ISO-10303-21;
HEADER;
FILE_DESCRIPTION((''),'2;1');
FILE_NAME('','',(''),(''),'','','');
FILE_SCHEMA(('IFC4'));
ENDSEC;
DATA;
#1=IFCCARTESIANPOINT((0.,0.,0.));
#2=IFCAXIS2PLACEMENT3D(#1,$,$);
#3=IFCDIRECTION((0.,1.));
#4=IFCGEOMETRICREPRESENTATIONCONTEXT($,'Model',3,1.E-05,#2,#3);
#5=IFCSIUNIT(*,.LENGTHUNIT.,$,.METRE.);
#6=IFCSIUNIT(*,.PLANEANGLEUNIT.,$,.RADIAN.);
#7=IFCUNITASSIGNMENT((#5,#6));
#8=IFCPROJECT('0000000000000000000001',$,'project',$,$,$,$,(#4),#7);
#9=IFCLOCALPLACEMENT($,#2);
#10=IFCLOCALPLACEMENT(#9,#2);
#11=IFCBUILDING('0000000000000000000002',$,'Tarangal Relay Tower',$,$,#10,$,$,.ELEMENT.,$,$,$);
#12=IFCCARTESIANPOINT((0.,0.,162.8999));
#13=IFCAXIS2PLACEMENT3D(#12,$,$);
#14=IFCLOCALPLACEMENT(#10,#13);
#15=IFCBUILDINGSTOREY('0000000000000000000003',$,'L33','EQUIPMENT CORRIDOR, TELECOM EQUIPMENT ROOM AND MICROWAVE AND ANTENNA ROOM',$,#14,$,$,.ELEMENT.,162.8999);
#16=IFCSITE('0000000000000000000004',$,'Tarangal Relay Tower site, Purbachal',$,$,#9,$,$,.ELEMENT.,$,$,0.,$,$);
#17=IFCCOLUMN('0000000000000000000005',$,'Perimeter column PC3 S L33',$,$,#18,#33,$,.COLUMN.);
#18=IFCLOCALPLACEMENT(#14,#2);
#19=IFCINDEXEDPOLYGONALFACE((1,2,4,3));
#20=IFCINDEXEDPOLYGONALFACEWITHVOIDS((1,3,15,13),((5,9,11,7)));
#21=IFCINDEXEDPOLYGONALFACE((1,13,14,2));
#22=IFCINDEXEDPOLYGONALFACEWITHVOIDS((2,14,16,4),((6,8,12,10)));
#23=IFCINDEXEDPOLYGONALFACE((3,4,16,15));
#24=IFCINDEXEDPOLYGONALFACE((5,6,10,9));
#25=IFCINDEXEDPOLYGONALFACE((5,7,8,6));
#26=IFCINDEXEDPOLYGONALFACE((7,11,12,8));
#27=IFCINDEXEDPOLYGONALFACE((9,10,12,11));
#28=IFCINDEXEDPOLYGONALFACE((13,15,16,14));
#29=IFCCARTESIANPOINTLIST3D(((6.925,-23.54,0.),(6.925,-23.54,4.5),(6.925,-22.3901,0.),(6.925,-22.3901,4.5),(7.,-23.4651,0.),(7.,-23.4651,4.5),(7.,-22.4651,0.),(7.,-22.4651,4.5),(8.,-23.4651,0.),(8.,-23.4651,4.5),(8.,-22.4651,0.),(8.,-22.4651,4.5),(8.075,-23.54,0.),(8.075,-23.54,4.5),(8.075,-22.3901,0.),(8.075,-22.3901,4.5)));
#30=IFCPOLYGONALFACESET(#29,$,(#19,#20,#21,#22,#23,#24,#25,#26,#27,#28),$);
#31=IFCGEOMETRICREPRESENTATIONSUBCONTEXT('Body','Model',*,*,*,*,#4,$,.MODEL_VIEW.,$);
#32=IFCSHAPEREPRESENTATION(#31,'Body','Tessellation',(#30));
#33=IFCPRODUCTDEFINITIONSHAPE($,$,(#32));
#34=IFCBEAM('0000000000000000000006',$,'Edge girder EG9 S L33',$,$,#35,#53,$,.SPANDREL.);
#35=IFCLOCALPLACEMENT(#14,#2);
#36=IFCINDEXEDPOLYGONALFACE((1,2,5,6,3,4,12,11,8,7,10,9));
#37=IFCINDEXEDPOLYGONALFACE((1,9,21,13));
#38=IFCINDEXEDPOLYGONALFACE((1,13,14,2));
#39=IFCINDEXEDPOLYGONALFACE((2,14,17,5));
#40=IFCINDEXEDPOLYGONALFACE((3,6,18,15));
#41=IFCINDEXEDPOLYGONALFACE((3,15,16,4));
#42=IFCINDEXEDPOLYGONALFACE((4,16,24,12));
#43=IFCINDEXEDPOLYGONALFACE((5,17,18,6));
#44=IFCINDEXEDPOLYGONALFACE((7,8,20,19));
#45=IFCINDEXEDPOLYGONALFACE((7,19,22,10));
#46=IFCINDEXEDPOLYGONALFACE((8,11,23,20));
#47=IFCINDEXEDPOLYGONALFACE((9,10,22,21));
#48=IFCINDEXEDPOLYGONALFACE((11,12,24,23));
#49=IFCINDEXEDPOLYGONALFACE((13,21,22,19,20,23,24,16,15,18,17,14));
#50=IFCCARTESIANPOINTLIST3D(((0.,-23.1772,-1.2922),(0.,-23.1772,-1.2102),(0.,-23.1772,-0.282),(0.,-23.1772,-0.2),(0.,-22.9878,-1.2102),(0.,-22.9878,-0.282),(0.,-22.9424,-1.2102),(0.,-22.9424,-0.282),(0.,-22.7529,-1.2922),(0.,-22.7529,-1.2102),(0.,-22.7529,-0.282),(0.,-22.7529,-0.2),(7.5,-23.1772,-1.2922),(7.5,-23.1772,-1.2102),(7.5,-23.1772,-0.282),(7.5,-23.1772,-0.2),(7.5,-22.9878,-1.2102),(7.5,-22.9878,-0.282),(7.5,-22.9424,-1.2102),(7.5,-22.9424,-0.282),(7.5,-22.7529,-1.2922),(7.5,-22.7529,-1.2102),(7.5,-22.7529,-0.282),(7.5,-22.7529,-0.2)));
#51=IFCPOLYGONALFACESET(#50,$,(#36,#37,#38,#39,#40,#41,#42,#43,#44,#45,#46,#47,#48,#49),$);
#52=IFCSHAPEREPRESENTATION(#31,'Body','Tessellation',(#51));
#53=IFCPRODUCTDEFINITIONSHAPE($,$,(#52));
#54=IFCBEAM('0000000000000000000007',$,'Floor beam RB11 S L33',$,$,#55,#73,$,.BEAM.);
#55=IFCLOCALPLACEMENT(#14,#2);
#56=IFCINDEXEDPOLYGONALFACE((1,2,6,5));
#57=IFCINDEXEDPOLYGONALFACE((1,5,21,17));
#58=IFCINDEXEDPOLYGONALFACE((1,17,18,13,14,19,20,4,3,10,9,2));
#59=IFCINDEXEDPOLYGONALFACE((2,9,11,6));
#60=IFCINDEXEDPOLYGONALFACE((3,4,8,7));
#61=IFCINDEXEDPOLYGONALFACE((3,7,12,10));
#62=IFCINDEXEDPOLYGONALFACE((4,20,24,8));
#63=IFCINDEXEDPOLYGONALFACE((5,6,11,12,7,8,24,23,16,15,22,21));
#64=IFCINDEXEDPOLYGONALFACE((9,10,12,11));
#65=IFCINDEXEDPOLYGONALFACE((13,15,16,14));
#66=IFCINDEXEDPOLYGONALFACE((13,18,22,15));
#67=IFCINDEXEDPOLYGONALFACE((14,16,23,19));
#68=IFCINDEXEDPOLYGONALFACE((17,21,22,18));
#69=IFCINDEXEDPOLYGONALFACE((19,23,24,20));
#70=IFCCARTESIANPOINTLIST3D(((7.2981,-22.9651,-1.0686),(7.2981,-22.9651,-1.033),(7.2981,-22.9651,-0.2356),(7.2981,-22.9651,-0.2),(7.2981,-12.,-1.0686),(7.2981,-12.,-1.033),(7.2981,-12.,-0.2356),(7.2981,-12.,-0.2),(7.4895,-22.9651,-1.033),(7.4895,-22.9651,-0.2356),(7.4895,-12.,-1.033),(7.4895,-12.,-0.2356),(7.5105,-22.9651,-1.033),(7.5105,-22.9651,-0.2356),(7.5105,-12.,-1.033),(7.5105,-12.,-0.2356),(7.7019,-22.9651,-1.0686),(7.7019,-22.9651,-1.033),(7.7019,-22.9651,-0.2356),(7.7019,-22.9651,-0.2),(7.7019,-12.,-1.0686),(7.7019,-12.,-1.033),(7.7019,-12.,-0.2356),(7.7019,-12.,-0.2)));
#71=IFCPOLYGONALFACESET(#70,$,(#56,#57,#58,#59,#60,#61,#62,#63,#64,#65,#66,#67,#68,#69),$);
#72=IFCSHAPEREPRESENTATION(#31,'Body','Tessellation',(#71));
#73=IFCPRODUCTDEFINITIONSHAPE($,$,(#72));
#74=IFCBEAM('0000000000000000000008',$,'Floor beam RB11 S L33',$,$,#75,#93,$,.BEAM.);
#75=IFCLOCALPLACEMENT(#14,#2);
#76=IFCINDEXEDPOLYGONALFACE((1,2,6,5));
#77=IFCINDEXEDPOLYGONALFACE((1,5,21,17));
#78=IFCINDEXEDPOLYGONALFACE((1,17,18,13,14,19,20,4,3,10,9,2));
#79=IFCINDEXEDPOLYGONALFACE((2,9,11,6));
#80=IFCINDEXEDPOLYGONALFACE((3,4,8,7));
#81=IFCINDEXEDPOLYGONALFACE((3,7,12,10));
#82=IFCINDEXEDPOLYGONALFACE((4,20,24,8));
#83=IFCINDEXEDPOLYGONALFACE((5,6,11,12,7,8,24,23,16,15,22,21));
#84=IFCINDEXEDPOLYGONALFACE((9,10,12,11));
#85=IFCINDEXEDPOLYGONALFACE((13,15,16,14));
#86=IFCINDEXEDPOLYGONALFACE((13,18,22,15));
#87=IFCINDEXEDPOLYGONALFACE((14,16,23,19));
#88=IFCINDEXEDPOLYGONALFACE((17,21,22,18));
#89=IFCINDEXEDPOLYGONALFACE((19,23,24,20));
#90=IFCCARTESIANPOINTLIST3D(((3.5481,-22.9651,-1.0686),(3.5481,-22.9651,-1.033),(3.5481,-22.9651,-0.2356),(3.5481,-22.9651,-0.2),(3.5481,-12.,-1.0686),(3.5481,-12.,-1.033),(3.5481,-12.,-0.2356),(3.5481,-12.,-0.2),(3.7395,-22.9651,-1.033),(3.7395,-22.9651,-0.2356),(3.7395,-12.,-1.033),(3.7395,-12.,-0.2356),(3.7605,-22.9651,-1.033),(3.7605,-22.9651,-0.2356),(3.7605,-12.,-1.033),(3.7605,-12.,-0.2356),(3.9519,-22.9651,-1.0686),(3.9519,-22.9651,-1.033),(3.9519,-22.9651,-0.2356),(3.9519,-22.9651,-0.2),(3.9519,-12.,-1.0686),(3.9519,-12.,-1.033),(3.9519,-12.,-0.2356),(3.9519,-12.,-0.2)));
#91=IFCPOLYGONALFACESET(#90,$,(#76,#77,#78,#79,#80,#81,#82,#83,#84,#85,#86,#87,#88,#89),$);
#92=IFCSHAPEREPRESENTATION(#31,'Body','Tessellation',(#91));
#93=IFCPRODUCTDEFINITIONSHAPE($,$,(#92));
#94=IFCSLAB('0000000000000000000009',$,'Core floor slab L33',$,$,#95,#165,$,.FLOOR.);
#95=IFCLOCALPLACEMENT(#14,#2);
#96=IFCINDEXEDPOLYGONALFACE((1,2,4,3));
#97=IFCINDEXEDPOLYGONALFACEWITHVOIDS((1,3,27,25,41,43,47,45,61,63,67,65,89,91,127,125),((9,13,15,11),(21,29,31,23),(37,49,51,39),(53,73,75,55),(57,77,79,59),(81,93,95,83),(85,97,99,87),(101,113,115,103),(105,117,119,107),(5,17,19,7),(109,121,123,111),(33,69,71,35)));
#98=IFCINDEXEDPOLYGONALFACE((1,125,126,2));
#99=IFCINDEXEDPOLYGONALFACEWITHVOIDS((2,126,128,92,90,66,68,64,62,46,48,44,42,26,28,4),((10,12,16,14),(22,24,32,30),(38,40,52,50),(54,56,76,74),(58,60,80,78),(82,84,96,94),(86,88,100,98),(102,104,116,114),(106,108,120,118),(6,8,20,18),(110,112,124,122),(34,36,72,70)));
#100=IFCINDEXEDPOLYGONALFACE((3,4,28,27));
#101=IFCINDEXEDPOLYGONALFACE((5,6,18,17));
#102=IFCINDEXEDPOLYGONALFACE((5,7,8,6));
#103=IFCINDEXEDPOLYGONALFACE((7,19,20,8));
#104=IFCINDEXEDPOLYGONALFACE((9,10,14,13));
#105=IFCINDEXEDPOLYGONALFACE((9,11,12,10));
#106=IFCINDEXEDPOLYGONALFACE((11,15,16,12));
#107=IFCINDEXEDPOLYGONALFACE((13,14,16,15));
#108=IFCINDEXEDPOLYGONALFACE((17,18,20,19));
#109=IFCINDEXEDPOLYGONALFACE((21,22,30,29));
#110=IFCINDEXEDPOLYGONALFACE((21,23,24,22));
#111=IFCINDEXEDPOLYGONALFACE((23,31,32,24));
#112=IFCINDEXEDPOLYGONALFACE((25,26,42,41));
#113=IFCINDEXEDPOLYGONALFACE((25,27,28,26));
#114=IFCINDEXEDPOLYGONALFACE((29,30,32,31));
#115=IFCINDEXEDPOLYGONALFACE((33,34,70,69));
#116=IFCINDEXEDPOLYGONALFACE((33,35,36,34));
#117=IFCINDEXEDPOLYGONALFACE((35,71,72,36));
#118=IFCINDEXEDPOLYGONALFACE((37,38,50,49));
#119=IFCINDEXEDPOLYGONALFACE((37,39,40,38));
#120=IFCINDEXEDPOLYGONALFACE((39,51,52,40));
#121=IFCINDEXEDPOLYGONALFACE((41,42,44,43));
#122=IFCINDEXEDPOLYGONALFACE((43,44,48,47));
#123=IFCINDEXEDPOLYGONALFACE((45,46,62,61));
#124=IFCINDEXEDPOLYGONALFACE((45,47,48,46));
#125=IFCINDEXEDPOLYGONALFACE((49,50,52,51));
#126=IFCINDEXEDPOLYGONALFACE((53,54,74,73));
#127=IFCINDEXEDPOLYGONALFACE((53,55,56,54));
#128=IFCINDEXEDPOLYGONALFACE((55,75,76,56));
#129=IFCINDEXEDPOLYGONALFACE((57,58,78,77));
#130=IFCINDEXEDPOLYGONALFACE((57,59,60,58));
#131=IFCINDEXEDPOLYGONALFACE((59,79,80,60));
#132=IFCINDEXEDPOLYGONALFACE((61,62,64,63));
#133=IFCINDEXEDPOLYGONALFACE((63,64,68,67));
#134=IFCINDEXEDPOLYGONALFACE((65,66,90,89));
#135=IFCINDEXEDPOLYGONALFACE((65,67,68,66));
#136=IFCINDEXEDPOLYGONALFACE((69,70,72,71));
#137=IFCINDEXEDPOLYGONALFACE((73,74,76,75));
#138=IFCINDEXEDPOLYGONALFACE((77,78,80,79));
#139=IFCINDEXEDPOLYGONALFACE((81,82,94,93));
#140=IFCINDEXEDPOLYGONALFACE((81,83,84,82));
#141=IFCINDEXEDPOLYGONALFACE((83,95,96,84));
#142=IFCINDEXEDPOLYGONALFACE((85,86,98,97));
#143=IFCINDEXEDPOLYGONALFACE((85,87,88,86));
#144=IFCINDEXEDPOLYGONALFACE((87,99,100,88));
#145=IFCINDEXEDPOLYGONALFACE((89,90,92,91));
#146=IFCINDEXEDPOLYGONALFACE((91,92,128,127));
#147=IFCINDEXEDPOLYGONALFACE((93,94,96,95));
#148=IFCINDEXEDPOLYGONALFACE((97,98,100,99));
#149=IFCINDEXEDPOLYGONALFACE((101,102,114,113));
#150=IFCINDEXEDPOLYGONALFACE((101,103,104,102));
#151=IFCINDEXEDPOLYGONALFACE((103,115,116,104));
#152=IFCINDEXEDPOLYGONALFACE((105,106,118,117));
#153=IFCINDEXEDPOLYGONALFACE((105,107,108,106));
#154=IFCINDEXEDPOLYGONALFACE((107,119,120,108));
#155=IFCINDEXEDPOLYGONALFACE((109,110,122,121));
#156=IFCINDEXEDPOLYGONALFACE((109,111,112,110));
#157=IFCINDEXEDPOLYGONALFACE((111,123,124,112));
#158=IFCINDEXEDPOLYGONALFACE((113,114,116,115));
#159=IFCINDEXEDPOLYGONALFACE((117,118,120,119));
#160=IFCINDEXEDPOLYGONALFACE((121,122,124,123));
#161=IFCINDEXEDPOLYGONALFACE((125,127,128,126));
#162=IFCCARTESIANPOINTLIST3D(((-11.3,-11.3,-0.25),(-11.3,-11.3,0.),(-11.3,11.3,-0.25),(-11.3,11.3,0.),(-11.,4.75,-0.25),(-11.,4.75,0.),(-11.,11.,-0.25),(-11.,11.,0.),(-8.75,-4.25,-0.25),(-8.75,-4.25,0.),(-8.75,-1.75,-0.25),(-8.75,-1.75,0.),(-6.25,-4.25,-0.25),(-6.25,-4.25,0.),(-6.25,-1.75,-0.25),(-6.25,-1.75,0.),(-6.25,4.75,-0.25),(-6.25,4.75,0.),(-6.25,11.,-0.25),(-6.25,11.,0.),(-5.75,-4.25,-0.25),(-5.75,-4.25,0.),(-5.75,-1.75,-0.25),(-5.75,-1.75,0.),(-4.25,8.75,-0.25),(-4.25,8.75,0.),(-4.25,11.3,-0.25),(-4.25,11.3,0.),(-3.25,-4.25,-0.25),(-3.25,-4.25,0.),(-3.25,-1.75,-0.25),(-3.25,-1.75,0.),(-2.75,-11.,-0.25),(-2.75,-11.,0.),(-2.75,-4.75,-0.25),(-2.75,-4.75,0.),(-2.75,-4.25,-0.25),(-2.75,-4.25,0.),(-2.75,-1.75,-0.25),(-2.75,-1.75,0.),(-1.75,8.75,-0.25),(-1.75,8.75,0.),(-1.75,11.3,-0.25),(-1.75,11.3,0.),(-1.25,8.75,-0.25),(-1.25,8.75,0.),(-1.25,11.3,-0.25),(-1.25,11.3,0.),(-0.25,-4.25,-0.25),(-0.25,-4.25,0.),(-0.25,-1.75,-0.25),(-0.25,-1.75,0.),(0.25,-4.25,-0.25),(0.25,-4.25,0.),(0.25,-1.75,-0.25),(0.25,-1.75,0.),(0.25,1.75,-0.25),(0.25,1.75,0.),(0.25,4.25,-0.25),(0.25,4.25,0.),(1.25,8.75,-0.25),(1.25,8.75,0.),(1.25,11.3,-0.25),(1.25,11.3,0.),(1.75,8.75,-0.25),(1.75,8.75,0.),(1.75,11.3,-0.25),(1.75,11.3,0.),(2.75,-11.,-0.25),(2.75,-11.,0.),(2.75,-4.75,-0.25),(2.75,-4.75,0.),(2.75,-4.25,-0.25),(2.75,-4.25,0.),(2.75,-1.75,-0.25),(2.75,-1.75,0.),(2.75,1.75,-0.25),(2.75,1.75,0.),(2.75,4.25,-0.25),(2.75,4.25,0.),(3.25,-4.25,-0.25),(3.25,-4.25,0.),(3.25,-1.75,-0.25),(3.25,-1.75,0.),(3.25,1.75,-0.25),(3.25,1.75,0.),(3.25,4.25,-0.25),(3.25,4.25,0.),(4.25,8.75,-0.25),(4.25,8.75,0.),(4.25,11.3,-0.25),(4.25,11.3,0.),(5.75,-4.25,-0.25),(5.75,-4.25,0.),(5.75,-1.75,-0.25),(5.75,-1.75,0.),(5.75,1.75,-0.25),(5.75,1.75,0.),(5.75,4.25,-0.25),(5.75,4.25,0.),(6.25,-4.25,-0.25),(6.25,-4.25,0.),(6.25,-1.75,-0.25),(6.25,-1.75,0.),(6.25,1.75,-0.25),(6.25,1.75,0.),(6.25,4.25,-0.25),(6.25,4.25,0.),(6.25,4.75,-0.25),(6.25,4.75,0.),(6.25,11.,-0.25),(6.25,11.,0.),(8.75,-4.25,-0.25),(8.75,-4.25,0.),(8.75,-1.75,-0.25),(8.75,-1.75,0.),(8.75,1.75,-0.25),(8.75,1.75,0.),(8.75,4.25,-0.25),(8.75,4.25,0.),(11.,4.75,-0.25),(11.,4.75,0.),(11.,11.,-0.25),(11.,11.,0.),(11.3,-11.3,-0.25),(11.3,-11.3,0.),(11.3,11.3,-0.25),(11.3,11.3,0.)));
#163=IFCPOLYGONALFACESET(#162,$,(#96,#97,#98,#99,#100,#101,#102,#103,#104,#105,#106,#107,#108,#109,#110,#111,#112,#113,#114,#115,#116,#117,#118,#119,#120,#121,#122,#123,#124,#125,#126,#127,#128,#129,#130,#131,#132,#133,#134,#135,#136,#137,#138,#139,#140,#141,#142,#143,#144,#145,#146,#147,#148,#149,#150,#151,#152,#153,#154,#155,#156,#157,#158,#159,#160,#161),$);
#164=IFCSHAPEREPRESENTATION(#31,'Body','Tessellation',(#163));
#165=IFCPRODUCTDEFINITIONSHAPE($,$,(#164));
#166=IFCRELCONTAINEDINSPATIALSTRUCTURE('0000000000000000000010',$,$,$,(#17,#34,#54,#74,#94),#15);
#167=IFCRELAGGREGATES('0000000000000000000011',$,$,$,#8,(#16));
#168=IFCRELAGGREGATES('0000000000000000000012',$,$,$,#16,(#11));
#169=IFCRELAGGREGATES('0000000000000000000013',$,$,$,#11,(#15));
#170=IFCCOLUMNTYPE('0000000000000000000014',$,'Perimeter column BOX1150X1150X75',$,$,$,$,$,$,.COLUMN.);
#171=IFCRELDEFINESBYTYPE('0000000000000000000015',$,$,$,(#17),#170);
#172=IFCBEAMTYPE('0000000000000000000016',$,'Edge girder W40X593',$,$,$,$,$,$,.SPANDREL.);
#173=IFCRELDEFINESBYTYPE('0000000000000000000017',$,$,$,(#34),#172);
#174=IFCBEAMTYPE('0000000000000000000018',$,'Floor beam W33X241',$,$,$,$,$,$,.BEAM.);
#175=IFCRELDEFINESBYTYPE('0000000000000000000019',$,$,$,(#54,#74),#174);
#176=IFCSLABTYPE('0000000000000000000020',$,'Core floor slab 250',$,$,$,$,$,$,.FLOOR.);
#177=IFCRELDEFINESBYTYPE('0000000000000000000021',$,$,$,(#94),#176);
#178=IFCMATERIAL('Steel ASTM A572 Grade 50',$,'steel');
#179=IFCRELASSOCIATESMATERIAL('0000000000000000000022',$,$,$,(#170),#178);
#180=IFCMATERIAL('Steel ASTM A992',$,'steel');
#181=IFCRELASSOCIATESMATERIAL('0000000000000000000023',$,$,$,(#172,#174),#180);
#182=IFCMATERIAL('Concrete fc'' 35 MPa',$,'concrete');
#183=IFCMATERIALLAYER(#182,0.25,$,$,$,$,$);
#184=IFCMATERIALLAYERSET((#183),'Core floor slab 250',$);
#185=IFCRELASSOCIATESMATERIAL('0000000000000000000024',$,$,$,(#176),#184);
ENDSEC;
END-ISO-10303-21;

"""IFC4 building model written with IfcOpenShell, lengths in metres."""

from ifc_helpers import new_model, si_unit, direction, frame, origin, origin_2d, place, context, subcontext, project, spatial, polyline, hollow_rectangle, i_section, outline, extrude, material, layer, layer_set, material_profile, profile_set, type_object, element, save


model = new_model("IFC4")

# Units and contexts
model_context = context("Model", 3, precision=1e-05, world=origin(), true_north=direction((0.0, 1.0)))
body_context = subcontext(model_context, "Body", "Model", "MODEL_VIEW")
ifc_project = project(units=[si_unit("LENGTHUNIT", "METRE"), si_unit("PLANEANGLEUNIT", "RADIAN")], contexts=[model_context])

# Site, building, storey
site_placement = place(None, origin())
site = spatial("IfcSite", under=ifc_project, at=site_placement, Name="Tarangal Relay Tower site, Purbachal", CompositionType="ELEMENT", RefElevation=0.0)
building_placement = place(site_placement, origin())
building = spatial("IfcBuilding", under=site, at=building_placement, Name="Tarangal Relay Tower", CompositionType="ELEMENT")
storey_placement = place(building_placement, frame((0.0, 0.0, 162.8999)))
storey = spatial("IfcBuildingStorey", under=building, at=storey_placement, Name="L33", Description="EQUIPMENT CORRIDOR, TELECOM EQUIPMENT ROOM AND MICROWAVE AND ANTENNA ROOM", CompositionType="ELEMENT", Elevation=162.8999)

# Column
ifc_material_1 = material(Name="Steel ASTM A572 Grade 50", Category="steel")
ifc_material_profile_1 = material_profile(ifc_material_1, hollow_rectangle(XDim=1.1499, YDim=1.1499, WallThickness=0.075, at=origin_2d()), Name="BOX1150X1150X75")
ifc_profile_set_1 = profile_set([ifc_material_profile_1], Name="Steel ASTM A572 Grade 50")
column_type = type_object("IfcColumnType", Name="Perimeter column BOX1150X1150X75", PredefinedType="COLUMN", material=ifc_profile_set_1)
column_placement = place(storey_placement, frame((7.5, -22.9651, 0.0), z_axis=(0.0, 0.0, 1.0), x_axis=(1.0, 0.0, 0.0)))
element("IfcColumn", 1, at=column_placement, inside=storey, type_object=column_type, Name="Perimeter column PC3 S L33", PredefinedType="COLUMN", context=body_context, shape_type="SweptSolid", body=[
    extrude(hollow_rectangle(XDim=1.1499, YDim=1.1499, WallThickness=0.075, at=origin_2d()), origin(), (0.0, 0.0, 1.0), 4.5),
])

# Beams
ifc_material_2 = material(Name="Steel ASTM A992", Category="steel")
ifc_material_profile_2 = material_profile(ifc_material_2, i_section(OverallWidth=0.4243, OverallDepth=1.0923, WebThickness=0.0454, FlangeThickness=0.082, at=origin_2d()), Name="W40X593")
ifc_profile_set_2 = profile_set([ifc_material_profile_2], Name="Steel ASTM A992")
beam_type_1 = type_object("IfcBeamType", Name="Edge girder W40X593", PredefinedType="SPANDREL", material=ifc_profile_set_2)
beam_placement = place(storey_placement, frame((7.5, -22.9651, -0.7461), z_axis=(-1.0, 0.0, 0.0), x_axis=(0.0, -1.0, 0.0)))
element("IfcBeam", 2, at=beam_placement, inside=storey, type_object=beam_type_1, Name="Edge girder EG9 S L33", PredefinedType="SPANDREL", context=body_context, shape_type="SweptSolid", body=[
    extrude(i_section(OverallWidth=0.4243, OverallDepth=1.0923, WebThickness=0.0454, FlangeThickness=0.082, at=origin_2d()), origin(), (0.0, 0.0, 1.0), 7.5),
])
ifc_material_profile_3 = material_profile(ifc_material_2, i_section(OverallWidth=0.4038, OverallDepth=0.8687, WebThickness=0.021, FlangeThickness=0.0356, at=origin_2d()), Name="W33X241")
ifc_profile_set_3 = profile_set([ifc_material_profile_3], Name="Steel ASTM A992")
beam_type_2 = type_object("IfcBeamType", Name="Floor beam W33X241", PredefinedType="BEAM", material=ifc_profile_set_3)
for number, where, z_axis, x_axis, name in (
    (3, (7.5, -12.0, -0.6343), (0.0, -1.0, 0.0), (1.0, 0.0, 0.0), "Floor beam RB11 S L33"),
    (4, (3.75, -12.0, -0.6343), (0.0, -1.0, 0.0), (1.0, 0.0, 0.0), "Floor beam RB11 S L33"),
):
    element("IfcBeam", number, at=place(storey_placement, frame(where, z_axis=z_axis, x_axis=x_axis)), inside=storey, type_object=beam_type_2, Name=name, PredefinedType="BEAM", context=body_context, shape_type="SweptSolid", body=[
        extrude(i_section(OverallWidth=0.4038, OverallDepth=0.8687, WebThickness=0.021, FlangeThickness=0.0356, at=origin_2d()), origin(), (0.0, 0.0, 1.0), 10.9651),
    ])

# Slab
ifc_material_3 = material(Name="Concrete fc' 35 MPa", Category="concrete")
ifc_layer_1 = layer(ifc_material_3, 0.25)
ifc_layer_set_1 = layer_set([ifc_layer_1], Name="Core floor slab 250")
slab_type_1 = type_object("IfcSlabType", Name="Core floor slab 250", PredefinedType="FLOOR", material=ifc_layer_set_1)
slab_1_placement = place(storey_placement, frame((0.0, 0.0, -0.25)))
element("IfcSlab", 5, at=slab_1_placement, inside=storey, type_object=slab_type_1, Name="Core floor slab L33", PredefinedType="FLOOR", context=body_context, shape_type="SweptSolid", body=[
    extrude(outline(polyline([(11.3, 11.3), (11.3, -11.3), (-11.3, -11.3), (-11.3, 11.3), (-4.25, 11.3), (-4.25, 8.75), (-1.75, 8.75), (-1.75, 11.3), (-1.25, 11.3), (-1.25, 8.75), (1.25, 8.75), (1.25, 11.3), (1.75, 11.3), (1.75, 8.75), (4.25, 8.75), (4.25, 11.3), (11.3, 11.3)]), holes=[polyline([(2.75, -4.75), (-2.75, -4.75), (-2.75, -11.0), (2.75, -11.0), (2.75, -4.75)]), polyline([(-6.25, -4.25), (-6.25, -1.75), (-8.75, -1.75), (-8.75, -4.25), (-6.25, -4.25)]), polyline([(-3.25, -4.25), (-3.25, -1.75), (-5.75, -1.75), (-5.75, -4.25), (-3.25, -4.25)]), polyline([(-0.25, -4.25), (-0.25, -1.75), (-2.75, -1.75), (-2.75, -4.25), (-0.25, -4.25)]), polyline([(2.75, 1.75), (2.75, 4.25), (0.25, 4.25), (0.25, 1.75), (2.75, 1.75)]), polyline([(-6.25, 4.75), (-6.25, 11.0), (-11.0, 11.0), (-11.0, 4.75), (-6.25, 4.75)]), polyline([(2.75, -4.25), (2.75, -1.75), (0.25, -1.75), (0.25, -4.25), (2.75, -4.25)]), polyline([(5.75, -4.25), (5.75, -1.75), (3.25, -1.75), (3.25, -4.25), (5.75, -4.25)]), polyline([(8.75, -4.25), (8.75, -1.75), (6.25, -1.75), (6.25, -4.25), (8.75, -4.25)]), polyline([(5.75, 1.75), (5.75, 4.25), (3.25, 4.25), (3.25, 1.75), (5.75, 1.75)]), polyline([(8.75, 1.75), (8.75, 4.25), (6.25, 4.25), (6.25, 1.75), (8.75, 1.75)]), polyline([(11.0, 4.75), (11.0, 11.0), (6.25, 11.0), (6.25, 4.75), (11.0, 4.75)])]), origin(), (0.0, 0.0, 1.0), 0.25),
])

save(model, "model.ifc")
